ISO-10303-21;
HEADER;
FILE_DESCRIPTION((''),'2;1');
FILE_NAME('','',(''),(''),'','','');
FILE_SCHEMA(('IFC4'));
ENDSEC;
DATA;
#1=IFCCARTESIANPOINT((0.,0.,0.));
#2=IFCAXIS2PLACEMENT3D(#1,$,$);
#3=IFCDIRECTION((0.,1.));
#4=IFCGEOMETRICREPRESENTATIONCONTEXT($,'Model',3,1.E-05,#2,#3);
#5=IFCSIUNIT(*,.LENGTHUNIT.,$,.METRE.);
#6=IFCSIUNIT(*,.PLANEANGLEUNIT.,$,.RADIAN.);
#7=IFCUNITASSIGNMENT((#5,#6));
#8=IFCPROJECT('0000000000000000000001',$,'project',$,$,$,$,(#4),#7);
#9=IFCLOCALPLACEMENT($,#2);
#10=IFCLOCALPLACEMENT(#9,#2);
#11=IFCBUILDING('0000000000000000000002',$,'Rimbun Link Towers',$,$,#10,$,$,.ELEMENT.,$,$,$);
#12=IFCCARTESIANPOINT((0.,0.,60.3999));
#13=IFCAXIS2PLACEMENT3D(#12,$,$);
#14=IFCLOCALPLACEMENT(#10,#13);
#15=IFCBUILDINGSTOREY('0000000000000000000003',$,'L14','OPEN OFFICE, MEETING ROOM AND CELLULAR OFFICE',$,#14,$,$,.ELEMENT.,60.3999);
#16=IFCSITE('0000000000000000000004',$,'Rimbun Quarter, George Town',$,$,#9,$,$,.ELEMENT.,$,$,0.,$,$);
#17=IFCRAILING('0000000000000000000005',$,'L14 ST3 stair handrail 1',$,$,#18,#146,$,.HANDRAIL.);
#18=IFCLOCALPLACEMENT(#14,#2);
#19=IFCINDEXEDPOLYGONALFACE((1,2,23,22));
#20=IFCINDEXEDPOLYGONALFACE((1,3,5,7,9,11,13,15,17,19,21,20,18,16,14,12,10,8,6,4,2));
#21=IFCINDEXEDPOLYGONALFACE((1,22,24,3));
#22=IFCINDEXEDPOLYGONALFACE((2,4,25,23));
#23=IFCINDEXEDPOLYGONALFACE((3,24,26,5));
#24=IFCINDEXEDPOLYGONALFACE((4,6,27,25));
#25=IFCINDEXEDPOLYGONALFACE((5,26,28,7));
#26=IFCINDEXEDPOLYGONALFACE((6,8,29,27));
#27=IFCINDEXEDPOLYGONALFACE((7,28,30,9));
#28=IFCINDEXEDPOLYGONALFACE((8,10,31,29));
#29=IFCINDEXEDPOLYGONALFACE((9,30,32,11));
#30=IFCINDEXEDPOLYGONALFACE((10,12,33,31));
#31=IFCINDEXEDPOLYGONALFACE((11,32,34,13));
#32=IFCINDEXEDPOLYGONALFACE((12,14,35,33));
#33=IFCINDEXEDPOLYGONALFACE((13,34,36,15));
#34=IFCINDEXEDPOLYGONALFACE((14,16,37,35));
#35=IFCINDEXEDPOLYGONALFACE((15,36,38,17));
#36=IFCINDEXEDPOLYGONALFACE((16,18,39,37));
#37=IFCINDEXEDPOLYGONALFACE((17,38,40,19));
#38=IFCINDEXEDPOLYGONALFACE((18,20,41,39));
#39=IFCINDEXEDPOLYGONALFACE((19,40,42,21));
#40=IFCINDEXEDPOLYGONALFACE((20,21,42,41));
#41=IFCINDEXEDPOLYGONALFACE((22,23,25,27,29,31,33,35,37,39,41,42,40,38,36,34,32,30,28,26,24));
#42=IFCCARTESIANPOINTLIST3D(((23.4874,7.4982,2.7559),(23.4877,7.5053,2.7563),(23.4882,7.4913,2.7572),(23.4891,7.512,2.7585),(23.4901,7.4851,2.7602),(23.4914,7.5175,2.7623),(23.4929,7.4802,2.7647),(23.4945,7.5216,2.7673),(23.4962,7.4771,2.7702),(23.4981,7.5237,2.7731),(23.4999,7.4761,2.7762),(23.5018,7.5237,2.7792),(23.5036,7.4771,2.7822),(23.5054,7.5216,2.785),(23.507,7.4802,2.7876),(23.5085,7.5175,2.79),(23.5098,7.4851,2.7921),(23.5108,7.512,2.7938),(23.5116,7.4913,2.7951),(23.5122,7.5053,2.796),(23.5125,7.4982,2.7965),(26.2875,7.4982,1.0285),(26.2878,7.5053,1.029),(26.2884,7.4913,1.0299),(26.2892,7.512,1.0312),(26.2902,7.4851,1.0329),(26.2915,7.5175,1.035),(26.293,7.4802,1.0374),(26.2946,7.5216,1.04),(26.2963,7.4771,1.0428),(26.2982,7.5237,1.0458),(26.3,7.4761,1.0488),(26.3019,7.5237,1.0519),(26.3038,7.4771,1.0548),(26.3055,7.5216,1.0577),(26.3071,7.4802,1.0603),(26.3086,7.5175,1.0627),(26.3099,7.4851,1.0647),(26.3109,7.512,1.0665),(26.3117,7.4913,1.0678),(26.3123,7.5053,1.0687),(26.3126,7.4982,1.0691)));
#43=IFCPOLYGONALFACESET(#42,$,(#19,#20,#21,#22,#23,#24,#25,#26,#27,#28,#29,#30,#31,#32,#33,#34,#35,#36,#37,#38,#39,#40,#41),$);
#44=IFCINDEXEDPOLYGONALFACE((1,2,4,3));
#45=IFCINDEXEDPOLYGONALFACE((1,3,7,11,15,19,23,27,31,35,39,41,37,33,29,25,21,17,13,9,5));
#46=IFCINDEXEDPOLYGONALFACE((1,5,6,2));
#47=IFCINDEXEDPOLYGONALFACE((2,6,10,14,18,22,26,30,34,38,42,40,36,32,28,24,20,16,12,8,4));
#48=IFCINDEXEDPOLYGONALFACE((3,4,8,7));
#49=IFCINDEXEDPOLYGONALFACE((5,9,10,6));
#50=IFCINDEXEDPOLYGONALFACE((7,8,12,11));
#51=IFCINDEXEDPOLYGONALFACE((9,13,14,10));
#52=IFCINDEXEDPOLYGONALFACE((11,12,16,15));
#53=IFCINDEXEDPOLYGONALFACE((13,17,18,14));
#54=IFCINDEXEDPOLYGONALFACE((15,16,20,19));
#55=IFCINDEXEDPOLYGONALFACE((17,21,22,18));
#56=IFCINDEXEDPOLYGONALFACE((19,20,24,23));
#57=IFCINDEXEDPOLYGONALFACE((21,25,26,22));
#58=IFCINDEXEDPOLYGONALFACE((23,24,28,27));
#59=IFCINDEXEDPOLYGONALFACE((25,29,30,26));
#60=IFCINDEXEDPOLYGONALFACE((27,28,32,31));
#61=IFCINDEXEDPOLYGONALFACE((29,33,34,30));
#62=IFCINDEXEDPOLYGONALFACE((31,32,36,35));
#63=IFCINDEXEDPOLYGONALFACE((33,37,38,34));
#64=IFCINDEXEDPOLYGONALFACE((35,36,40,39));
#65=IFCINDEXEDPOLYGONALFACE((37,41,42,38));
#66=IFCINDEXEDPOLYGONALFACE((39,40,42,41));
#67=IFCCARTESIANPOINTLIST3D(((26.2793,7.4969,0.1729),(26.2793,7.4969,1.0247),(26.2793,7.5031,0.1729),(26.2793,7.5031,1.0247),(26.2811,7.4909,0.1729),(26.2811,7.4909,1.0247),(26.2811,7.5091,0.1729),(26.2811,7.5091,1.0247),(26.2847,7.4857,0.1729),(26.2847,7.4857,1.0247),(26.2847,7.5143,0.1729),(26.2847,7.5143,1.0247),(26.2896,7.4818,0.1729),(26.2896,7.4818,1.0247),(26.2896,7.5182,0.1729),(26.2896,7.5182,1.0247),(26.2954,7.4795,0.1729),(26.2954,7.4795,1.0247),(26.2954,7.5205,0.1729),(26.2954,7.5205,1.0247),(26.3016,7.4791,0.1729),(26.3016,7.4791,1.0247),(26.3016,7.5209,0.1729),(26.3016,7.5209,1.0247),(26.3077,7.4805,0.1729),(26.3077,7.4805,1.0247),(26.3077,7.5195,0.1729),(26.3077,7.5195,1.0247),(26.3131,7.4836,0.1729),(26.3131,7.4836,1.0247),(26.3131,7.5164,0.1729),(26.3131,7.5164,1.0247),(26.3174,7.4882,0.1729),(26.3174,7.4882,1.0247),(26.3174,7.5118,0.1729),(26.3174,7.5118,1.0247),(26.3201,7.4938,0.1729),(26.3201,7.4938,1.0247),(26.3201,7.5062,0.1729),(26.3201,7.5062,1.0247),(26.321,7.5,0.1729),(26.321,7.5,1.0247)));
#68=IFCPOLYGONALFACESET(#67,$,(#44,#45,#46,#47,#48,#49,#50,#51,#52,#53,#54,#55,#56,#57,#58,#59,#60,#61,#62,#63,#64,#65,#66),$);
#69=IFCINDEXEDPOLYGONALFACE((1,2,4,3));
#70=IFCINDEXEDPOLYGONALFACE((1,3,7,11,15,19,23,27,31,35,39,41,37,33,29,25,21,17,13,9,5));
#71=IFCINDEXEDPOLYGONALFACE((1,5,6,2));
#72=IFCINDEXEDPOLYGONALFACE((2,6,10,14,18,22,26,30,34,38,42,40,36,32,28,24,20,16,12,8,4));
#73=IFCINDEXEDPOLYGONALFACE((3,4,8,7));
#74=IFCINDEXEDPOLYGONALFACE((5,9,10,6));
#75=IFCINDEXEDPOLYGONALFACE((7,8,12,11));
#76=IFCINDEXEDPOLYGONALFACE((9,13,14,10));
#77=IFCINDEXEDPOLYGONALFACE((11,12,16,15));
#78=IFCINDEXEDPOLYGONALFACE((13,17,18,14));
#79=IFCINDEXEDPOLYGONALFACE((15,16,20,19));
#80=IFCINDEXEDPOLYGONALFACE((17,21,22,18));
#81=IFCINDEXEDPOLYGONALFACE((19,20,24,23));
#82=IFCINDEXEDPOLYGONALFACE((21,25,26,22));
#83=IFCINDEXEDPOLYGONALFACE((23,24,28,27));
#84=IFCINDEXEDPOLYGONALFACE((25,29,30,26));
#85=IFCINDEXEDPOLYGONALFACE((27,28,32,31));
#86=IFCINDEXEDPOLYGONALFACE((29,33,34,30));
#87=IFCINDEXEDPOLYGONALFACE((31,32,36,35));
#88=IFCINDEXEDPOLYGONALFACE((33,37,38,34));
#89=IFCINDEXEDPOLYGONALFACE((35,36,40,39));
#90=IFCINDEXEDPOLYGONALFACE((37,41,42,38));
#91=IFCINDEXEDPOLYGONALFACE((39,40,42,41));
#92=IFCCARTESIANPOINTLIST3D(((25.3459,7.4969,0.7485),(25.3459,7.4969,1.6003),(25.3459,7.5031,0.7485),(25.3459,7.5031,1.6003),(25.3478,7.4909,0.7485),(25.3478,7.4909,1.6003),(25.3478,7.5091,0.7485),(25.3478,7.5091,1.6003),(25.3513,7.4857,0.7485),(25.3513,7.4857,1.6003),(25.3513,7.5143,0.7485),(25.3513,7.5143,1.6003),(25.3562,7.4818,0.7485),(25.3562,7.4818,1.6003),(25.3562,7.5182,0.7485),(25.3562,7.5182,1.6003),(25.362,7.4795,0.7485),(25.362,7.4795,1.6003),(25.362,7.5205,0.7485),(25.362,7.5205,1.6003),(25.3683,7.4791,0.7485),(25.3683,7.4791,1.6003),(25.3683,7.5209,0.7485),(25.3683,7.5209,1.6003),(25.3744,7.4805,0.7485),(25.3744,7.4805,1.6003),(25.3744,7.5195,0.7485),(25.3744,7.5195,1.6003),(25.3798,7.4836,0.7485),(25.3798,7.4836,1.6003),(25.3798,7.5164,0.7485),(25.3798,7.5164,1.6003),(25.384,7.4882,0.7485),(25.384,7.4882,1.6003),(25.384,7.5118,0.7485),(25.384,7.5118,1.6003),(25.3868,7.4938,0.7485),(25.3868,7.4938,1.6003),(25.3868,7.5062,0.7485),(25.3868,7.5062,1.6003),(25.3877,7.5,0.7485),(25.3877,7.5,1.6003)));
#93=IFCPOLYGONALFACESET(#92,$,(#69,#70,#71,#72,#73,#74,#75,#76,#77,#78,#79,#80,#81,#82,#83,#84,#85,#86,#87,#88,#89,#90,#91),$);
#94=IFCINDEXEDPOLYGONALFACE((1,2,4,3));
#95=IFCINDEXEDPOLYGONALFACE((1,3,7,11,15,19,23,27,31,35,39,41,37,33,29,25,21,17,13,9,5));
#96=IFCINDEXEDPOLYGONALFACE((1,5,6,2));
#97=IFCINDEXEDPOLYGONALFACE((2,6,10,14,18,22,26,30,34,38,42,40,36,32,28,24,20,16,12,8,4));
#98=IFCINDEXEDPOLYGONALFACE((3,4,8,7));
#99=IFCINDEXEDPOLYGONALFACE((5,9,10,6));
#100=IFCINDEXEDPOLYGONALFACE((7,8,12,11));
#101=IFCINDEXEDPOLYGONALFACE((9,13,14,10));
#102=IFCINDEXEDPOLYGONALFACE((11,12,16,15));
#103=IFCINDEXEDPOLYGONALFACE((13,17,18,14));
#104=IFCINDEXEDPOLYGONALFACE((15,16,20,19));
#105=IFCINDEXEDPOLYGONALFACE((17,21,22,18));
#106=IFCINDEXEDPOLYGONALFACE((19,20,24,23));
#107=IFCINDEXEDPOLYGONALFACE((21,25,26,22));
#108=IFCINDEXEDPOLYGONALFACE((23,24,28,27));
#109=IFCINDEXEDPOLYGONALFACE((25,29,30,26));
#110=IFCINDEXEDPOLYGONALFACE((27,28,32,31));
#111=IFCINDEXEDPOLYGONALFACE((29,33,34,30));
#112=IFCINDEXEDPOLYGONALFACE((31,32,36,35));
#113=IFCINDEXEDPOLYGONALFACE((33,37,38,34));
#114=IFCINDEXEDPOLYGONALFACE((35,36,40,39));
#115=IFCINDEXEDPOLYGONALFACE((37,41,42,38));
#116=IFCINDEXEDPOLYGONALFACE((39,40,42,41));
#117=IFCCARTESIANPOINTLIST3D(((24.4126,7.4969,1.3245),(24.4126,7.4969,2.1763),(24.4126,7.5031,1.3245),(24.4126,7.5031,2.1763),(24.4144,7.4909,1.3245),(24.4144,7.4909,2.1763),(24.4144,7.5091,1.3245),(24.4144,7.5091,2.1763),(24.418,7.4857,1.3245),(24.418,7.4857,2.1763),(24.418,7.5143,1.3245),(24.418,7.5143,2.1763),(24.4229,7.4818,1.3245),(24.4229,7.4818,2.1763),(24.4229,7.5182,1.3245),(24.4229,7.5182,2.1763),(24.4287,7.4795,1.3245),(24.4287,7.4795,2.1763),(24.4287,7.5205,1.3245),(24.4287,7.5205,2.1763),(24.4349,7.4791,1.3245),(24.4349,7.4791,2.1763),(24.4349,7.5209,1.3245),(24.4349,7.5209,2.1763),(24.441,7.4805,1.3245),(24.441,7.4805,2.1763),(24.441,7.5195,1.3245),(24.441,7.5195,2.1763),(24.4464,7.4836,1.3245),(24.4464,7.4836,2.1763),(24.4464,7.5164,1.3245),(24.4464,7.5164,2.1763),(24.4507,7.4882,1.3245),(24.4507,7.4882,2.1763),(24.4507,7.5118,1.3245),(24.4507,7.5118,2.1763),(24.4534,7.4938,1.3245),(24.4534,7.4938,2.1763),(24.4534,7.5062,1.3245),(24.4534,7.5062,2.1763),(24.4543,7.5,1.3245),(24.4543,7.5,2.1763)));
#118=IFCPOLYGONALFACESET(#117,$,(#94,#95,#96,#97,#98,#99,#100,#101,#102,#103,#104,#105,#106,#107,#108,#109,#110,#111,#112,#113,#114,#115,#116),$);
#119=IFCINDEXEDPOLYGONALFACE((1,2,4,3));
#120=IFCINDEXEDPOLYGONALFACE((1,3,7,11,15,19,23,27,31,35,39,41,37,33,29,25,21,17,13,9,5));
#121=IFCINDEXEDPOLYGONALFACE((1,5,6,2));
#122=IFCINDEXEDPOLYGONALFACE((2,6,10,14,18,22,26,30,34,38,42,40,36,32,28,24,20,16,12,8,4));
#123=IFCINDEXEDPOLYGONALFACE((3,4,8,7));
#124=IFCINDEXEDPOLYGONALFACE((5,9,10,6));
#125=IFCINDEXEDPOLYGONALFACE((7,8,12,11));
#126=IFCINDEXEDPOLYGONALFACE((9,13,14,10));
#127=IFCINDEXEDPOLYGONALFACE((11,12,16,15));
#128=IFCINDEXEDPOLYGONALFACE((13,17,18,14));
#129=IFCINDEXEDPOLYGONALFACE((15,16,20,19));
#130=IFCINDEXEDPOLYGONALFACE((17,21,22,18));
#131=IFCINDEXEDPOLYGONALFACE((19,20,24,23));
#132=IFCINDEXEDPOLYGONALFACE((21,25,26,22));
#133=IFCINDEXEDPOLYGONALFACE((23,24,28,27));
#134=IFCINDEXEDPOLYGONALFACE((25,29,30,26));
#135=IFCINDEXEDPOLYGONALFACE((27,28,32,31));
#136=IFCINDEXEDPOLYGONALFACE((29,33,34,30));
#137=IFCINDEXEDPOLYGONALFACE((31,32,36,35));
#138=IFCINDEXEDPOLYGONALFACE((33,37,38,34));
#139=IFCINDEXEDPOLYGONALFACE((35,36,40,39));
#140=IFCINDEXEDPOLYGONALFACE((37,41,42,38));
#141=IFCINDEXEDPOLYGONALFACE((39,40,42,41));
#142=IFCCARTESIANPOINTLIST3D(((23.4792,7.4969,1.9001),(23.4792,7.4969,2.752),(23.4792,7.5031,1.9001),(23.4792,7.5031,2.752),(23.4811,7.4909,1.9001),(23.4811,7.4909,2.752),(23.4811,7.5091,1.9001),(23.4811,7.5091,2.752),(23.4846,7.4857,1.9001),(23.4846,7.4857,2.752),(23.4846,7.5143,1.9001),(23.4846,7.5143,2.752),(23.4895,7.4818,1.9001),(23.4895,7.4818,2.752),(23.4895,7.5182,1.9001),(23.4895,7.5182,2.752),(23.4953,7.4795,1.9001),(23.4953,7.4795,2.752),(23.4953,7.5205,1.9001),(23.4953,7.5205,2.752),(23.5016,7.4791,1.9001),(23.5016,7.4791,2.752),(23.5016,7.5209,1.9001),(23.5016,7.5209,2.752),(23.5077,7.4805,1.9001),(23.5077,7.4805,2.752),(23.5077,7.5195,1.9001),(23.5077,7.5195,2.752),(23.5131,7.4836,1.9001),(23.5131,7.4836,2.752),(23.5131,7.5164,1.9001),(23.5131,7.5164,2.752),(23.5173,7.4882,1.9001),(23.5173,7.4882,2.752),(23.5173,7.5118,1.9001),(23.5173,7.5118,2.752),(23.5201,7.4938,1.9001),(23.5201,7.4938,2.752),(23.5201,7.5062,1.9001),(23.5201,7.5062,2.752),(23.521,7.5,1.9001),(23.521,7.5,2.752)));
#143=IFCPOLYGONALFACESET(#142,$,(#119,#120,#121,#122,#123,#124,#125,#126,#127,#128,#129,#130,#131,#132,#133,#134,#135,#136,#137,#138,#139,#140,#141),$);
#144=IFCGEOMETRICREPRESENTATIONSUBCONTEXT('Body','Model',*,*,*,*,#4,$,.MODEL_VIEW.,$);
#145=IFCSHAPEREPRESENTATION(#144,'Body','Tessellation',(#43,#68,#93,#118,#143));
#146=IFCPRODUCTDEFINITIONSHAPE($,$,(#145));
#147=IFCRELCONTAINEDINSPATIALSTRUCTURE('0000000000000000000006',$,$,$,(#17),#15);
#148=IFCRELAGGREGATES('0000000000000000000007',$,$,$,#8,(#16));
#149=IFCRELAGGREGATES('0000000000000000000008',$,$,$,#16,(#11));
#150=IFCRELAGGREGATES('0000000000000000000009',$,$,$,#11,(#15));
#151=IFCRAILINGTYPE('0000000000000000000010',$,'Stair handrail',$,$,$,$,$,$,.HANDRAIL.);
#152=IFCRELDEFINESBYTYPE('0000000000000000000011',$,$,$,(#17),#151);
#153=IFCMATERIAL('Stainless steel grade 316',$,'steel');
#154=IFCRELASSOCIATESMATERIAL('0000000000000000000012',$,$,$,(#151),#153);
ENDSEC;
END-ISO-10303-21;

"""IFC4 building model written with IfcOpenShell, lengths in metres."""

from ifc_helpers import new_model, si_unit, direction, frame, origin, origin_2d, place, context, subcontext, project, spatial, circle, extrude, material, type_object, element, save


model = new_model("IFC4")

# Units and contexts
model_context = context("Model", 3, precision=1e-05, world=origin(), true_north=direction((0.0, 1.0)))
body_context = subcontext(model_context, "Body", "Model", "MODEL_VIEW")
ifc_project = project(units=[si_unit("LENGTHUNIT", "METRE"), si_unit("PLANEANGLEUNIT", "RADIAN")], contexts=[model_context])

# Site, building, storey
site_placement = place(None, origin())
site = spatial("IfcSite", under=ifc_project, at=site_placement, Name="Rimbun Quarter, George Town", CompositionType="ELEMENT", RefElevation=0.0)
building_placement = place(site_placement, origin())
building = spatial("IfcBuilding", under=site, at=building_placement, Name="Rimbun Link Towers", CompositionType="ELEMENT")
storey_placement = place(building_placement, frame((0.0, 0.0, 60.3999)))
storey = spatial("IfcBuildingStorey", under=building, at=storey_placement, Name="L14", Description="OPEN OFFICE, MEETING ROOM AND CELLULAR OFFICE", CompositionType="ELEMENT", Elevation=60.3999)

# Railing
ifc_material_1 = material(Name="Stainless steel grade 316", Category="steel")
railing_type_1 = type_object("IfcRailingType", Name="Stair handrail", PredefinedType="HANDRAIL", material=ifc_material_1)
railing_1_placement = place(storey_placement, frame((26.3, 7.5, 0.1729)))
element("IfcRailing", 1, at=railing_1_placement, inside=storey, type_object=railing_type_1, Name="L14 ST3 stair handrail 1", PredefinedType="HANDRAIL", context=body_context, shape_type="SweptSolid", body=[
    extrude(circle(Radius=0.0239, at=origin_2d()), frame((0.0, 0.0, 0.876), z_axis=(-0.85109, 0.0, 0.52502), x_axis=(0.0, -1.0, 0.0)), (0.0, 0.0, 1.0), 3.29),
    extrude(circle(Radius=0.021, at=origin_2d()), origin(), (0.0, 0.0, 1.0), 0.8518),
    extrude(circle(Radius=0.021, at=origin_2d()), frame((-0.9333, 0.0, 0.5757)), (0.0, 0.0, 1.0), 0.8518),
    extrude(circle(Radius=0.021, at=origin_2d()), frame((-1.8667, 0.0, 1.1516)), (0.0, 0.0, 1.0), 0.8518),
    extrude(circle(Radius=0.021, at=origin_2d()), frame((-2.8, 0.0, 1.7273)), (0.0, 0.0, 1.0), 0.8518),
])

save(model, "model.ifc")
